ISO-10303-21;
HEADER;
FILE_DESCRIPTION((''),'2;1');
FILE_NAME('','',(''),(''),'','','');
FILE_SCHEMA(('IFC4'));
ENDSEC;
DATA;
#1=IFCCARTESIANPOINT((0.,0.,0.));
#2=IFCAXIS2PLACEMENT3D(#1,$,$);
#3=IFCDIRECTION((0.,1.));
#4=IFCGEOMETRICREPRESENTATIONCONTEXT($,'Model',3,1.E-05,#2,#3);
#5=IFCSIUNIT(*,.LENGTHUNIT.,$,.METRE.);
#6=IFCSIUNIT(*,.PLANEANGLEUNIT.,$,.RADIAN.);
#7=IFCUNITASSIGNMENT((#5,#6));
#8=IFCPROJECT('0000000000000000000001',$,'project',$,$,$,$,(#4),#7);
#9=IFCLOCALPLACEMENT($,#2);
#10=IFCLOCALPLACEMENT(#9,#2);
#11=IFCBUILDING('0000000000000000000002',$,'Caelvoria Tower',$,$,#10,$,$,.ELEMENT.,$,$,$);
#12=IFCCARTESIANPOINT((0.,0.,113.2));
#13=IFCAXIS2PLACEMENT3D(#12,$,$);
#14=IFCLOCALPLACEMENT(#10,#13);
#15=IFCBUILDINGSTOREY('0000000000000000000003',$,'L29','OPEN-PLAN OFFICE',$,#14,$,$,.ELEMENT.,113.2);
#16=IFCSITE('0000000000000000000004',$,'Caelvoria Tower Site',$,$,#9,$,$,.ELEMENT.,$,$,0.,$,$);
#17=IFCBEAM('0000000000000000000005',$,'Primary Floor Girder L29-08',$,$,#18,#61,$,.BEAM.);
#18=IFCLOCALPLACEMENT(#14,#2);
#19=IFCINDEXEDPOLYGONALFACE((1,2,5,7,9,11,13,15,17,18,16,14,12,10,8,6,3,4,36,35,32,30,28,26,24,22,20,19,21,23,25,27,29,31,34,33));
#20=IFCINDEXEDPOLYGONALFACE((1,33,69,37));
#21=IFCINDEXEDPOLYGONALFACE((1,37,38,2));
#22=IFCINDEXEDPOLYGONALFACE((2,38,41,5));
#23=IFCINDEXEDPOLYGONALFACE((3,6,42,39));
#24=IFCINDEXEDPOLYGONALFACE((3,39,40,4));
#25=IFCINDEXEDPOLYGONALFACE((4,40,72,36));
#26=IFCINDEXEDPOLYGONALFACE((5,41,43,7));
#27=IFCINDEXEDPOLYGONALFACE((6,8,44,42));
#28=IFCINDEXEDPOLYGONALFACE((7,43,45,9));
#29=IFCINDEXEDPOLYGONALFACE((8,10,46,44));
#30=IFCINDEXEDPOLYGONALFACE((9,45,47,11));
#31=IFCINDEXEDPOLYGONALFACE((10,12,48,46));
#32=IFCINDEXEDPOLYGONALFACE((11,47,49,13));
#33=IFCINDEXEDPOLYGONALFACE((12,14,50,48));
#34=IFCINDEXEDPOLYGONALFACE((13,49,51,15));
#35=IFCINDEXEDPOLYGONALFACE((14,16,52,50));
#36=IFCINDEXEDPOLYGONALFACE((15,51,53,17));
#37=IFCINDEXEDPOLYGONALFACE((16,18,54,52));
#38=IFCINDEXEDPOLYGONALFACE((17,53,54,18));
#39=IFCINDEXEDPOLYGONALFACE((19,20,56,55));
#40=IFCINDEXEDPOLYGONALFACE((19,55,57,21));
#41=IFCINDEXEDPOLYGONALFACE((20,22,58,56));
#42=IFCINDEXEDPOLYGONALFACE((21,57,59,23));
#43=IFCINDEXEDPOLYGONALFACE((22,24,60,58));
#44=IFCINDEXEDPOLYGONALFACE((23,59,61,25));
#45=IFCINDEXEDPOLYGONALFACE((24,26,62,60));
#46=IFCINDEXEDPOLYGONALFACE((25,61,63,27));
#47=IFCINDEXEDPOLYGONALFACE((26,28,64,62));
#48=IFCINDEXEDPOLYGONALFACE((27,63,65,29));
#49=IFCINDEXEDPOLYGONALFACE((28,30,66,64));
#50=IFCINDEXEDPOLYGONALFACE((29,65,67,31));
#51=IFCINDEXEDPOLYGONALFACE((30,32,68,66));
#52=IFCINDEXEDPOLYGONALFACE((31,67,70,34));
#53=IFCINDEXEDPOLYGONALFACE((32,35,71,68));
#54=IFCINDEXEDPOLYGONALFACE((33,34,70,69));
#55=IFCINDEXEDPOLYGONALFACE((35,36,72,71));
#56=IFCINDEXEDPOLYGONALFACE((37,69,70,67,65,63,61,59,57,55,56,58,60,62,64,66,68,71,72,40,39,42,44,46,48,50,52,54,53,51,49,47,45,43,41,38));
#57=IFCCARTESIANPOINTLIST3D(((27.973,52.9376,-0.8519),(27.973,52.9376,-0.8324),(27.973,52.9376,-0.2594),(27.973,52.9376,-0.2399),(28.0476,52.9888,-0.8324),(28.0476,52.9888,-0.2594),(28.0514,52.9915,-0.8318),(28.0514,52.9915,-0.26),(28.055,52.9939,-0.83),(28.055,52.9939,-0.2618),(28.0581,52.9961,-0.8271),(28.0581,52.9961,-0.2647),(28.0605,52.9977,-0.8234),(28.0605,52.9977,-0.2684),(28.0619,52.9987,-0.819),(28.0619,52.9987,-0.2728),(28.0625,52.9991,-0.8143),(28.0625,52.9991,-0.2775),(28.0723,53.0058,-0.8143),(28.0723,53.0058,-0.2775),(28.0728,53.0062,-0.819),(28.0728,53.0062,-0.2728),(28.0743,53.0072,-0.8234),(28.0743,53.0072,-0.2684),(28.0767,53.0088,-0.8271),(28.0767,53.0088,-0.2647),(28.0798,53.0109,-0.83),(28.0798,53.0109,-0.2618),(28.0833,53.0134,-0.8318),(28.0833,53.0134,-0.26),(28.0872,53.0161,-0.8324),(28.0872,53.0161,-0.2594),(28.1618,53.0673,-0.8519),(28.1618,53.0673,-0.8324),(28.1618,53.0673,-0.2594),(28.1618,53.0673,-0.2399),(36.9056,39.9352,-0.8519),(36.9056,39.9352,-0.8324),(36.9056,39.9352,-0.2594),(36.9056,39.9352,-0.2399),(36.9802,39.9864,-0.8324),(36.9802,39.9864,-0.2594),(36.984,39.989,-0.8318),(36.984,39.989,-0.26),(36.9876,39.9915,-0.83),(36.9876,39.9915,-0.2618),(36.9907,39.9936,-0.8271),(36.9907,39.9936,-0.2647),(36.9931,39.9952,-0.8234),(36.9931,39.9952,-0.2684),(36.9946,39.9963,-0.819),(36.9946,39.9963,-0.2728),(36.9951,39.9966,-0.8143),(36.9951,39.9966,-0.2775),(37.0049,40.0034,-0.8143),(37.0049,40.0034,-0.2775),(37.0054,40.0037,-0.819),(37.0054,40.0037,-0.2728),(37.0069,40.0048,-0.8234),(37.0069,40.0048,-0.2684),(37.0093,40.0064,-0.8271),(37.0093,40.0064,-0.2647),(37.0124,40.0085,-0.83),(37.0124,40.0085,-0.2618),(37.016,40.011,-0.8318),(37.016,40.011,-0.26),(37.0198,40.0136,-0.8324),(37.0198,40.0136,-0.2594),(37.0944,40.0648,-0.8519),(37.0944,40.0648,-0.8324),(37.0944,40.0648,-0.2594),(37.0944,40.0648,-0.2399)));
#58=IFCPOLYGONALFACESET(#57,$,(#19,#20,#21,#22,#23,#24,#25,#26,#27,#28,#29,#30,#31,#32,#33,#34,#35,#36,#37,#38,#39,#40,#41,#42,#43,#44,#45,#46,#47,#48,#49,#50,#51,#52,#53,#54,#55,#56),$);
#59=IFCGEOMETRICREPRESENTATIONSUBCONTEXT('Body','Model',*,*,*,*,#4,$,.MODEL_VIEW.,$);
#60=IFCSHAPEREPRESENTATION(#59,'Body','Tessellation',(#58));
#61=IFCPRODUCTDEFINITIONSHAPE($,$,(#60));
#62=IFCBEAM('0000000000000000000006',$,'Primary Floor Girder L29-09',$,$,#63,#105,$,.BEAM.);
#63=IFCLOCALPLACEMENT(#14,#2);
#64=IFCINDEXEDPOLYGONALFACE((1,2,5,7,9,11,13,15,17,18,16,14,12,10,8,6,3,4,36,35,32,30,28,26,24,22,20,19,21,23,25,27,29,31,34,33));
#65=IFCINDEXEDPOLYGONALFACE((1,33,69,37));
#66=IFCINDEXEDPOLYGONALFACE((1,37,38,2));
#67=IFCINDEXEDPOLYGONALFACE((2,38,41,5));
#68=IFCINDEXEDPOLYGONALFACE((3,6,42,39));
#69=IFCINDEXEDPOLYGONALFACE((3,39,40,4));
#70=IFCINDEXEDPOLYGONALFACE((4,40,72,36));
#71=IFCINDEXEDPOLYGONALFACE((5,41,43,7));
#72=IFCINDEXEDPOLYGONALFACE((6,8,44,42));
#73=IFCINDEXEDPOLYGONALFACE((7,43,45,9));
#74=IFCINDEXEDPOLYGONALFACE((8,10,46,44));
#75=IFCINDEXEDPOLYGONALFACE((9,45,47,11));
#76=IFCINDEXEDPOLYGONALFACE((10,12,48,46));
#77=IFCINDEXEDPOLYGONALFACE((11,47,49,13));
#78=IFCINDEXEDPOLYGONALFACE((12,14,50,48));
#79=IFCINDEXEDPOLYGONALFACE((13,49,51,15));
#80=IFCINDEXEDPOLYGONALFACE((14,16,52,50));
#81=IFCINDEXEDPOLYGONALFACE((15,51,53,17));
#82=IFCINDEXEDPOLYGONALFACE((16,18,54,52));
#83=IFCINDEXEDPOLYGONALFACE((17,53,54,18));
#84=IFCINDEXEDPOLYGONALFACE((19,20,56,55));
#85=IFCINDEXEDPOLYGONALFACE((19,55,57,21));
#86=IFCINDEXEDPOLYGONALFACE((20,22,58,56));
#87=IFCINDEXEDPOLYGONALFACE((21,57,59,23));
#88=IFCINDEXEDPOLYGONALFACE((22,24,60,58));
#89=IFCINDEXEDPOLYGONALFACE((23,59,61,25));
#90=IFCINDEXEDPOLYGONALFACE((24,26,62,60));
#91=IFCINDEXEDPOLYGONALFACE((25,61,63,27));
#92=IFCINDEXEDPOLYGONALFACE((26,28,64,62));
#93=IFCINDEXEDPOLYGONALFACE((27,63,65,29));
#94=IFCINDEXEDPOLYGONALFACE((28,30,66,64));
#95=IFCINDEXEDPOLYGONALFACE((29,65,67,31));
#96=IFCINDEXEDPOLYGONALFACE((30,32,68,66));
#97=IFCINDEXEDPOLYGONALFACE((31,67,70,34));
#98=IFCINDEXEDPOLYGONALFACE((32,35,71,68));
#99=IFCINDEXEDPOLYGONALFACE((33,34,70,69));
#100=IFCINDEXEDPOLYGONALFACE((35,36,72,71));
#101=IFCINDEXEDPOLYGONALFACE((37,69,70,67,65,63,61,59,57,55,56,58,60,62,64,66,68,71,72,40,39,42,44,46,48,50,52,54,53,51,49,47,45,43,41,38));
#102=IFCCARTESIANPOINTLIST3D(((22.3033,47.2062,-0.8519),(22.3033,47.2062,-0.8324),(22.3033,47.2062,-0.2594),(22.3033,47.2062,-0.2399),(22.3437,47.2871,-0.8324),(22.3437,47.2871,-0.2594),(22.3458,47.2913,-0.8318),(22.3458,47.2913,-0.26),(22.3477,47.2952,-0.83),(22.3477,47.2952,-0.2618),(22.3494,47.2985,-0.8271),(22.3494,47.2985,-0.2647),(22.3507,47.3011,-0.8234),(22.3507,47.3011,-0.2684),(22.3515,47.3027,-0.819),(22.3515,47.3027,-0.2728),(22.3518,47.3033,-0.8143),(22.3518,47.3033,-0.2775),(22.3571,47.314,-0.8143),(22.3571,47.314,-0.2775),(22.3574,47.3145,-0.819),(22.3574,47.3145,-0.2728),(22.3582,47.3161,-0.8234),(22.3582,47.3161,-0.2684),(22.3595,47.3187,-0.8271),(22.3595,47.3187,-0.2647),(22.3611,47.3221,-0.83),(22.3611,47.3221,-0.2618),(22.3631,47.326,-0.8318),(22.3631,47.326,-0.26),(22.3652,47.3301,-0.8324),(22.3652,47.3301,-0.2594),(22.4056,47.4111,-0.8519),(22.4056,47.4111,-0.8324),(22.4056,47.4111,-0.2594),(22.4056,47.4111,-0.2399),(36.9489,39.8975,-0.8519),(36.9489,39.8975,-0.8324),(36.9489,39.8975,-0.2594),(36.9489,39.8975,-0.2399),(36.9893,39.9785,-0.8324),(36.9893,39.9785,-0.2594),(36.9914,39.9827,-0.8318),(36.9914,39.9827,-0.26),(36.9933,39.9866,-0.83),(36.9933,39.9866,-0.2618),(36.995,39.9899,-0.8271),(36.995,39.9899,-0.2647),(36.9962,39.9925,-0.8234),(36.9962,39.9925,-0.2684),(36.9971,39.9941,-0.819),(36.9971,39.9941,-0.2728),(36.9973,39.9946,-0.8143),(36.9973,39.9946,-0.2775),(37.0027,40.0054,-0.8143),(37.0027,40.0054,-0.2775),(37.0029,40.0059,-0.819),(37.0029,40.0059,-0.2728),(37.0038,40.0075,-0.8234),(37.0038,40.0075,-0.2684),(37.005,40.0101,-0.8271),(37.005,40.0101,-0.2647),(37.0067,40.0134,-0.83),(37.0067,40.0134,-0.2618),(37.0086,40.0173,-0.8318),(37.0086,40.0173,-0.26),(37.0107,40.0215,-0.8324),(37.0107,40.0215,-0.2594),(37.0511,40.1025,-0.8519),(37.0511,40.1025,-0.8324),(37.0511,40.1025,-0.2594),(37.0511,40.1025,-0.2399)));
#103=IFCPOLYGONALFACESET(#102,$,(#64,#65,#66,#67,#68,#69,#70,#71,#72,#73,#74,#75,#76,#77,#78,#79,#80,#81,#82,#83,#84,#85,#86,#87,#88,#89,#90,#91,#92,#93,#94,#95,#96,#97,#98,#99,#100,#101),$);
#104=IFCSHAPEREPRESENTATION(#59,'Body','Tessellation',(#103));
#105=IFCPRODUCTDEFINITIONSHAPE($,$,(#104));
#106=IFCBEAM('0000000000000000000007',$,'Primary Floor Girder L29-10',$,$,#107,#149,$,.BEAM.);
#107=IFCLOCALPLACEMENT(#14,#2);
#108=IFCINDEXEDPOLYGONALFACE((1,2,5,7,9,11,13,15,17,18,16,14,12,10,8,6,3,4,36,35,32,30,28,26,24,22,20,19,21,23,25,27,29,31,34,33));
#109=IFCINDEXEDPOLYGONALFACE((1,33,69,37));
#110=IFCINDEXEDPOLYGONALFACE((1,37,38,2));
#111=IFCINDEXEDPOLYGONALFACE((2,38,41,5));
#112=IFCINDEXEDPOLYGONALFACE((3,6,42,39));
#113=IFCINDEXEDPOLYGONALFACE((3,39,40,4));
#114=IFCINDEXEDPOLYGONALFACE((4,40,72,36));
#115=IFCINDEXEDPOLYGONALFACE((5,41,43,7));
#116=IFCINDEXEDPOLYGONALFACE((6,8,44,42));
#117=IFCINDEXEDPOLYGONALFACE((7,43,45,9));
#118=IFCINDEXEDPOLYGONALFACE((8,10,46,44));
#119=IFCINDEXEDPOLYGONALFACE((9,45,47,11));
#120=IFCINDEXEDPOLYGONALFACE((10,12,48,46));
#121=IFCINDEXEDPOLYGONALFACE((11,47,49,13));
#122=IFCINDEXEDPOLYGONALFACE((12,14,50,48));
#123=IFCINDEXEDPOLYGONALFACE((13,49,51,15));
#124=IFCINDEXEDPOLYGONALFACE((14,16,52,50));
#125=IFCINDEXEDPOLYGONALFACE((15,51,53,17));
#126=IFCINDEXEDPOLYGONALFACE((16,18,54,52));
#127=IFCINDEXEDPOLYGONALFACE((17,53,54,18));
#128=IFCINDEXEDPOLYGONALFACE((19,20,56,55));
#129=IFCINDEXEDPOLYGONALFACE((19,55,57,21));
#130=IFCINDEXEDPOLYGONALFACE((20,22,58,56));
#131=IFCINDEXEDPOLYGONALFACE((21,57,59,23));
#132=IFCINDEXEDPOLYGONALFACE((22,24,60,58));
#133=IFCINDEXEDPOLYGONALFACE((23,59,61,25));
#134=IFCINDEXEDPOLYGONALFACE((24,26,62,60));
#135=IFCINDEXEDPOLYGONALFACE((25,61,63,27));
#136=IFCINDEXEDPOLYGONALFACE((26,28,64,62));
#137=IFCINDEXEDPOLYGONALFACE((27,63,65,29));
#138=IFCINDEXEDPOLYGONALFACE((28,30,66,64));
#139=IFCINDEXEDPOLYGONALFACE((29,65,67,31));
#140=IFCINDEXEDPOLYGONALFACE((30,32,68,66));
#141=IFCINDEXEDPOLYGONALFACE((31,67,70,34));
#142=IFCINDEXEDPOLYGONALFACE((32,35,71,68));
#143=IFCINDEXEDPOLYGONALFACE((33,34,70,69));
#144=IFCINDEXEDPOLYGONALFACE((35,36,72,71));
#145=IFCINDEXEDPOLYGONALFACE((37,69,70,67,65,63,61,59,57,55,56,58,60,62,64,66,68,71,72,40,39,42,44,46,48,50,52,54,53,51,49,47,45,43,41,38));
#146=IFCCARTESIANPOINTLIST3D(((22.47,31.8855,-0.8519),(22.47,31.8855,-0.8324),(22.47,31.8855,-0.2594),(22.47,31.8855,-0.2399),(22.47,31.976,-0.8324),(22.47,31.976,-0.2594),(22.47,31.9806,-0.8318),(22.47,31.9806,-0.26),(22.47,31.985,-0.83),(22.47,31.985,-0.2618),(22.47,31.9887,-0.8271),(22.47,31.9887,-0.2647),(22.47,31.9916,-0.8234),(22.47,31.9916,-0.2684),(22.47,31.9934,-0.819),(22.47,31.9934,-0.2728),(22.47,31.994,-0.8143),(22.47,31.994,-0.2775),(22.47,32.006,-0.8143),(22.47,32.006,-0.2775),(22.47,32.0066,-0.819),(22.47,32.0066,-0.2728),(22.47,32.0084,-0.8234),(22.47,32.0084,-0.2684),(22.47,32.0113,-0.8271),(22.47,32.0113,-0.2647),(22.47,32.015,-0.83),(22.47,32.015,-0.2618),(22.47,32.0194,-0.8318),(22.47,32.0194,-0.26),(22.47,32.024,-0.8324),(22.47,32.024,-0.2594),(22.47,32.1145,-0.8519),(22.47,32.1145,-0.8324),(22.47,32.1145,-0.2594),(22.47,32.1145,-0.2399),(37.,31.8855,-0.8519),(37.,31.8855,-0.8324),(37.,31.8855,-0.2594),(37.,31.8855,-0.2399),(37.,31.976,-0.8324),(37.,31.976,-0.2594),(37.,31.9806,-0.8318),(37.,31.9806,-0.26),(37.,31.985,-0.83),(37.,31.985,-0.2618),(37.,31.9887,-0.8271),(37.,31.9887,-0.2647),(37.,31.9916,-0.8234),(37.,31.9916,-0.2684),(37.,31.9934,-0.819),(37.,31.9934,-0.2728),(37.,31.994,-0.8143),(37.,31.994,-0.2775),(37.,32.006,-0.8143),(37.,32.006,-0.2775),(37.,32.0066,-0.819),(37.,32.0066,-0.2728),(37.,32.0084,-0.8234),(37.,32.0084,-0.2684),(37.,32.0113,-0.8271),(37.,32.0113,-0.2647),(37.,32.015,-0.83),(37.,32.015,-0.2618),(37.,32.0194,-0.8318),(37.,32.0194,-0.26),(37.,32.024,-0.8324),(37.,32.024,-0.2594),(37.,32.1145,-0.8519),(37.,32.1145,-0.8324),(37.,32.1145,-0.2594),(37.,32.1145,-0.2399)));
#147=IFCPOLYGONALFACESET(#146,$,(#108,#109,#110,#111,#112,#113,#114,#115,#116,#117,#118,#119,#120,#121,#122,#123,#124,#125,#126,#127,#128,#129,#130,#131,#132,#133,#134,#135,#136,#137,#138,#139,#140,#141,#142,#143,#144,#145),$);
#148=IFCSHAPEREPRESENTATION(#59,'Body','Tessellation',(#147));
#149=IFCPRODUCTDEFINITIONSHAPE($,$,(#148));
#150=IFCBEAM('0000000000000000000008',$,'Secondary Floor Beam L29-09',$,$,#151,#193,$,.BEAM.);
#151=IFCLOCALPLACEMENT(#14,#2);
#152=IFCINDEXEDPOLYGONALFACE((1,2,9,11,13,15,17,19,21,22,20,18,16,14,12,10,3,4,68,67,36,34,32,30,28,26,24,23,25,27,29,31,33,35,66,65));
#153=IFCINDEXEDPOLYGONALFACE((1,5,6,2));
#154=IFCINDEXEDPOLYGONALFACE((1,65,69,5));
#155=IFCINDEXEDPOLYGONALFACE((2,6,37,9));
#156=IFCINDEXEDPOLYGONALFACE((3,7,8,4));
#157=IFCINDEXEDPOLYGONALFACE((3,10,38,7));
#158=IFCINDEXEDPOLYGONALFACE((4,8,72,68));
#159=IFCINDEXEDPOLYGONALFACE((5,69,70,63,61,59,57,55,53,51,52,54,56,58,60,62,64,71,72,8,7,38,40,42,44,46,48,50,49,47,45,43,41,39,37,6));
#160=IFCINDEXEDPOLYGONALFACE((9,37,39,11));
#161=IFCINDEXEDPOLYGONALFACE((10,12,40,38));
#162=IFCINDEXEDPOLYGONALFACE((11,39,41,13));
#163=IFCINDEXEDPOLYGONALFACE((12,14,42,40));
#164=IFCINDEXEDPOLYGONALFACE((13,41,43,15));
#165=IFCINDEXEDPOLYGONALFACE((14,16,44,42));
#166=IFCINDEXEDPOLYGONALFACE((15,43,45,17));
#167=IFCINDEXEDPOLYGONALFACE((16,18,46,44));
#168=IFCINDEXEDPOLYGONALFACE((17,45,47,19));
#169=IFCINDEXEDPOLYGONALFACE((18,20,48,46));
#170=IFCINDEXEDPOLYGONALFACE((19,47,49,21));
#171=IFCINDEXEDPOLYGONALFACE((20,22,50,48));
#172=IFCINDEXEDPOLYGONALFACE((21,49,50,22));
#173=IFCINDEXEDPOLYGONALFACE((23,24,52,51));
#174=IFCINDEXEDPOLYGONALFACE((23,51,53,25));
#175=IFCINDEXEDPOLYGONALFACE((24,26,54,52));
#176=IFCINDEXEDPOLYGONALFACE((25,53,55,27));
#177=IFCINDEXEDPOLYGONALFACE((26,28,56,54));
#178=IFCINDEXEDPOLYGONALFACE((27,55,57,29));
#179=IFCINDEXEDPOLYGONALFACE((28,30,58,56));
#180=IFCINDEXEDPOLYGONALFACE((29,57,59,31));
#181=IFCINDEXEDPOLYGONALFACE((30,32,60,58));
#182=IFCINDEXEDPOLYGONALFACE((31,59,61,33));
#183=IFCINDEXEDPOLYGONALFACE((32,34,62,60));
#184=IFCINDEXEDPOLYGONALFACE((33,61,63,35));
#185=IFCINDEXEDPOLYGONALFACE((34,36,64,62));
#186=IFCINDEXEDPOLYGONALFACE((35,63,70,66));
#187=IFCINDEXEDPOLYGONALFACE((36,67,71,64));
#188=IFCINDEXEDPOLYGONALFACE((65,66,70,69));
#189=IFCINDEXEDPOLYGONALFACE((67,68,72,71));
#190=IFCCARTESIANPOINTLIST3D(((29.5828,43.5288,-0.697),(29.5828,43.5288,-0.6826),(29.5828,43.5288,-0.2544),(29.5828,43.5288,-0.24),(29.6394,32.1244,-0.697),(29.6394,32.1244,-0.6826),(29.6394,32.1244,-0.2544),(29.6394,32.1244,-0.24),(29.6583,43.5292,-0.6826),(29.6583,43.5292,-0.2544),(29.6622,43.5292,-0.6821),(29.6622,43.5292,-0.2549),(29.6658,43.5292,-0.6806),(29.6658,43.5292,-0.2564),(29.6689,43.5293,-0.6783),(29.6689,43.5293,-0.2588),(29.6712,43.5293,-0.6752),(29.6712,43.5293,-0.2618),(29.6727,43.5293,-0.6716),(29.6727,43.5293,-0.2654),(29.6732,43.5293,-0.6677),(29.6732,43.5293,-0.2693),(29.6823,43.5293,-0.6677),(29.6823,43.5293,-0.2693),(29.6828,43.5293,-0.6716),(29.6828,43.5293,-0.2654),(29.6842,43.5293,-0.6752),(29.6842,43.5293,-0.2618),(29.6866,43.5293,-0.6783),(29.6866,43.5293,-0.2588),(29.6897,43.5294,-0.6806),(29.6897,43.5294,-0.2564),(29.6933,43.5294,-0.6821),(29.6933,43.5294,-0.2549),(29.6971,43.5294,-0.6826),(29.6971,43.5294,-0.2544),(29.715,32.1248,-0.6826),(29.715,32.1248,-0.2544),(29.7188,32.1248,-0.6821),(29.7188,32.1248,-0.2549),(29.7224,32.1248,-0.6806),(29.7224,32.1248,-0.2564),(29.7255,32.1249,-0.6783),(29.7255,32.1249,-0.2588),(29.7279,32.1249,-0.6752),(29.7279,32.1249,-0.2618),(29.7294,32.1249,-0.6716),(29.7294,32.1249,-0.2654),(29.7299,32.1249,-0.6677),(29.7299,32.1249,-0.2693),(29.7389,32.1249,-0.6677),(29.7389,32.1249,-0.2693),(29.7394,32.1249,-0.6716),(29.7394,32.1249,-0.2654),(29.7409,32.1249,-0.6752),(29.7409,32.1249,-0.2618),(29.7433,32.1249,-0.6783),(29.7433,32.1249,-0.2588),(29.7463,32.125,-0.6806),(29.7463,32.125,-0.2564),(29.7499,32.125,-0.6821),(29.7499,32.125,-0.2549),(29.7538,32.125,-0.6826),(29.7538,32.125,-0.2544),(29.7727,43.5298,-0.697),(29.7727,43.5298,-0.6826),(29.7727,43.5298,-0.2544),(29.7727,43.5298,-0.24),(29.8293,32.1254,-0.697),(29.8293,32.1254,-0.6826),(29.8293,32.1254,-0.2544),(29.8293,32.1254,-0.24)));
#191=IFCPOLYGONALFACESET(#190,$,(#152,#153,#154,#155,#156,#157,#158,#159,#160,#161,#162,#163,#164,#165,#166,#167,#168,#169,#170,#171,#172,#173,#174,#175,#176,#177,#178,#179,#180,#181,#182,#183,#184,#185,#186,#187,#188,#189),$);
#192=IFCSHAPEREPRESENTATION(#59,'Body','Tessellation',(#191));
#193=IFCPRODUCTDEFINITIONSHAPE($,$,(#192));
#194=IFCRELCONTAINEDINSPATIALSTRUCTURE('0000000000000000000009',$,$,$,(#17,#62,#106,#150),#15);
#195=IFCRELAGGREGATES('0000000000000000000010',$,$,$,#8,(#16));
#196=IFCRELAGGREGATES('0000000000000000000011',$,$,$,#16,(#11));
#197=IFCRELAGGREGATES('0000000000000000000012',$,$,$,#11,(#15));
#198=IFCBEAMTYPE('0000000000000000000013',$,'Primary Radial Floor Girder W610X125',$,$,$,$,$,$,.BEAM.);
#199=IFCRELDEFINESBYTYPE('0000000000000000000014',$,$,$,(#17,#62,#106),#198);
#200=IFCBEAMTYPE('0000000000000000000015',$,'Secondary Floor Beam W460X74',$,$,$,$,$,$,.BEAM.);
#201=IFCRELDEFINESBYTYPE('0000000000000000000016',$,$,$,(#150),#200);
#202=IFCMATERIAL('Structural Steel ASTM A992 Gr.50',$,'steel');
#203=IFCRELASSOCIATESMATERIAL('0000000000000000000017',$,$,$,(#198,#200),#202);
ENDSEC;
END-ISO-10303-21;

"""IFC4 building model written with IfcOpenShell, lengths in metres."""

from ifc_helpers import new_model, si_unit, direction, frame, origin, origin_2d, place, context, subcontext, project, spatial, i_section, extrude, material, material_profile, profile_set, type_object, element, save


model = new_model("IFC4")

# Units and contexts
model_context = context("Model", 3, precision=1e-05, world=origin(), true_north=direction((0.0, 1.0)))
body_context = subcontext(model_context, "Body", "Model", "MODEL_VIEW")
ifc_project = project(units=[si_unit("LENGTHUNIT", "METRE"), si_unit("PLANEANGLEUNIT", "RADIAN")], contexts=[model_context])

# Site, building, storey
site_placement = place(None, origin())
site = spatial("IfcSite", under=ifc_project, at=site_placement, Name="Caelvoria Tower Site", CompositionType="ELEMENT", RefElevation=0.0)
building_placement = place(site_placement, origin())
building = spatial("IfcBuilding", under=site, at=building_placement, Name="Caelvoria Tower", CompositionType="ELEMENT")
storey_placement = place(building_placement, frame((0.0, 0.0, 113.2)))
storey = spatial("IfcBuildingStorey", under=building, at=storey_placement, Name="L29", Description="OPEN-PLAN OFFICE", CompositionType="ELEMENT", Elevation=113.2)

# Beams
ifc_material_1 = material(Name="Structural Steel ASTM A992 Gr.50", Category="steel")
ifc_material_profile_1 = material_profile(ifc_material_1, i_section(OverallWidth=0.229, OverallDepth=0.6121, WebThickness=0.012, FlangeThickness=0.0195, FilletRadius=0.0181, at=origin_2d()), Name="Structural Steel ASTM A992 Gr.50")
ifc_profile_set_1 = profile_set([ifc_material_profile_1], Name="W610X125 - Structural Steel ASTM A992 Gr.50")
beam_type_1 = type_object("IfcBeamType", Name="Primary Radial Floor Girder W610X125", PredefinedType="BEAM", material=ifc_profile_set_1)
beam_1_placement = place(storey_placement, frame((37.0, 40.0, -0.5459), z_axis=(-0.566246, 0.824236, 0.0), x_axis=(-0.824236, -0.566246, 0.0)))
element("IfcBeam", 1, at=beam_1_placement, inside=storey, type_object=beam_type_1, Name="Primary Floor Girder L29-08", PredefinedType="BEAM", context=body_context, shape_type="SweptSolid", body=[
    extrude(i_section(OverallWidth=0.229, OverallDepth=0.6121, WebThickness=0.012, FlangeThickness=0.0195, FilletRadius=0.0181, at=origin_2d()), origin(), (0.0, 0.0, 1.0), 15.7751),
])
beam_2_placement = place(storey_placement, frame((37.0, 40.0, -0.5459), z_axis=(-0.894773, 0.446521, 0.0), x_axis=(-0.446521, -0.894773, 0.0)))
element("IfcBeam", 2, at=beam_2_placement, inside=storey, type_object=beam_type_1, Name="Primary Floor Girder L29-09", PredefinedType="BEAM", context=body_context, shape_type="SweptSolid", body=[
    extrude(i_section(OverallWidth=0.229, OverallDepth=0.6121, WebThickness=0.012, FlangeThickness=0.0195, FilletRadius=0.0181, at=origin_2d()), origin(), (0.0, 0.0, 1.0), 16.3679),
])
beam_3_placement = place(storey_placement, frame((37.0, 32.0, -0.5459), z_axis=(-1.0, 0.0, 0.0), x_axis=(0.0, -1.0, 0.0)))
element("IfcBeam", 3, at=beam_3_placement, inside=storey, type_object=beam_type_1, Name="Primary Floor Girder L29-10", PredefinedType="BEAM", context=body_context, shape_type="SweptSolid", body=[
    extrude(i_section(OverallWidth=0.229, OverallDepth=0.6121, WebThickness=0.012, FlangeThickness=0.0195, FilletRadius=0.0181, at=origin_2d()), origin(), (0.0, 0.0, 1.0), 14.53),
])
ifc_material_profile_2 = material_profile(ifc_material_1, i_section(OverallWidth=0.1899, OverallDepth=0.457, WebThickness=0.009, FlangeThickness=0.0144, FilletRadius=0.0149, at=origin_2d()), Name="Structural Steel ASTM A992 Gr.50")
ifc_profile_set_2 = profile_set([ifc_material_profile_2], Name="W460X74 - Structural Steel ASTM A992 Gr.50")
beam_type_2 = type_object("IfcBeamType", Name="Secondary Floor Beam W460X74", PredefinedType="BEAM", material=ifc_profile_set_2)
beam_4_placement = place(storey_placement, frame((29.6777, 43.5293, -0.4685), z_axis=(0.004967, -0.999988, 0.0), x_axis=(0.999988, 0.004967, 0.0)))
element("IfcBeam", 4, at=beam_4_placement, inside=storey, type_object=beam_type_2, Name="Secondary Floor Beam L29-09", PredefinedType="BEAM", context=body_context, shape_type="SweptSolid", body=[
    extrude(i_section(OverallWidth=0.1899, OverallDepth=0.457, WebThickness=0.009, FlangeThickness=0.0144, FilletRadius=0.0149, at=origin_2d()), origin(), (0.0, 0.0, 1.0), 11.4045),
])

save(model, "model.ifc")
